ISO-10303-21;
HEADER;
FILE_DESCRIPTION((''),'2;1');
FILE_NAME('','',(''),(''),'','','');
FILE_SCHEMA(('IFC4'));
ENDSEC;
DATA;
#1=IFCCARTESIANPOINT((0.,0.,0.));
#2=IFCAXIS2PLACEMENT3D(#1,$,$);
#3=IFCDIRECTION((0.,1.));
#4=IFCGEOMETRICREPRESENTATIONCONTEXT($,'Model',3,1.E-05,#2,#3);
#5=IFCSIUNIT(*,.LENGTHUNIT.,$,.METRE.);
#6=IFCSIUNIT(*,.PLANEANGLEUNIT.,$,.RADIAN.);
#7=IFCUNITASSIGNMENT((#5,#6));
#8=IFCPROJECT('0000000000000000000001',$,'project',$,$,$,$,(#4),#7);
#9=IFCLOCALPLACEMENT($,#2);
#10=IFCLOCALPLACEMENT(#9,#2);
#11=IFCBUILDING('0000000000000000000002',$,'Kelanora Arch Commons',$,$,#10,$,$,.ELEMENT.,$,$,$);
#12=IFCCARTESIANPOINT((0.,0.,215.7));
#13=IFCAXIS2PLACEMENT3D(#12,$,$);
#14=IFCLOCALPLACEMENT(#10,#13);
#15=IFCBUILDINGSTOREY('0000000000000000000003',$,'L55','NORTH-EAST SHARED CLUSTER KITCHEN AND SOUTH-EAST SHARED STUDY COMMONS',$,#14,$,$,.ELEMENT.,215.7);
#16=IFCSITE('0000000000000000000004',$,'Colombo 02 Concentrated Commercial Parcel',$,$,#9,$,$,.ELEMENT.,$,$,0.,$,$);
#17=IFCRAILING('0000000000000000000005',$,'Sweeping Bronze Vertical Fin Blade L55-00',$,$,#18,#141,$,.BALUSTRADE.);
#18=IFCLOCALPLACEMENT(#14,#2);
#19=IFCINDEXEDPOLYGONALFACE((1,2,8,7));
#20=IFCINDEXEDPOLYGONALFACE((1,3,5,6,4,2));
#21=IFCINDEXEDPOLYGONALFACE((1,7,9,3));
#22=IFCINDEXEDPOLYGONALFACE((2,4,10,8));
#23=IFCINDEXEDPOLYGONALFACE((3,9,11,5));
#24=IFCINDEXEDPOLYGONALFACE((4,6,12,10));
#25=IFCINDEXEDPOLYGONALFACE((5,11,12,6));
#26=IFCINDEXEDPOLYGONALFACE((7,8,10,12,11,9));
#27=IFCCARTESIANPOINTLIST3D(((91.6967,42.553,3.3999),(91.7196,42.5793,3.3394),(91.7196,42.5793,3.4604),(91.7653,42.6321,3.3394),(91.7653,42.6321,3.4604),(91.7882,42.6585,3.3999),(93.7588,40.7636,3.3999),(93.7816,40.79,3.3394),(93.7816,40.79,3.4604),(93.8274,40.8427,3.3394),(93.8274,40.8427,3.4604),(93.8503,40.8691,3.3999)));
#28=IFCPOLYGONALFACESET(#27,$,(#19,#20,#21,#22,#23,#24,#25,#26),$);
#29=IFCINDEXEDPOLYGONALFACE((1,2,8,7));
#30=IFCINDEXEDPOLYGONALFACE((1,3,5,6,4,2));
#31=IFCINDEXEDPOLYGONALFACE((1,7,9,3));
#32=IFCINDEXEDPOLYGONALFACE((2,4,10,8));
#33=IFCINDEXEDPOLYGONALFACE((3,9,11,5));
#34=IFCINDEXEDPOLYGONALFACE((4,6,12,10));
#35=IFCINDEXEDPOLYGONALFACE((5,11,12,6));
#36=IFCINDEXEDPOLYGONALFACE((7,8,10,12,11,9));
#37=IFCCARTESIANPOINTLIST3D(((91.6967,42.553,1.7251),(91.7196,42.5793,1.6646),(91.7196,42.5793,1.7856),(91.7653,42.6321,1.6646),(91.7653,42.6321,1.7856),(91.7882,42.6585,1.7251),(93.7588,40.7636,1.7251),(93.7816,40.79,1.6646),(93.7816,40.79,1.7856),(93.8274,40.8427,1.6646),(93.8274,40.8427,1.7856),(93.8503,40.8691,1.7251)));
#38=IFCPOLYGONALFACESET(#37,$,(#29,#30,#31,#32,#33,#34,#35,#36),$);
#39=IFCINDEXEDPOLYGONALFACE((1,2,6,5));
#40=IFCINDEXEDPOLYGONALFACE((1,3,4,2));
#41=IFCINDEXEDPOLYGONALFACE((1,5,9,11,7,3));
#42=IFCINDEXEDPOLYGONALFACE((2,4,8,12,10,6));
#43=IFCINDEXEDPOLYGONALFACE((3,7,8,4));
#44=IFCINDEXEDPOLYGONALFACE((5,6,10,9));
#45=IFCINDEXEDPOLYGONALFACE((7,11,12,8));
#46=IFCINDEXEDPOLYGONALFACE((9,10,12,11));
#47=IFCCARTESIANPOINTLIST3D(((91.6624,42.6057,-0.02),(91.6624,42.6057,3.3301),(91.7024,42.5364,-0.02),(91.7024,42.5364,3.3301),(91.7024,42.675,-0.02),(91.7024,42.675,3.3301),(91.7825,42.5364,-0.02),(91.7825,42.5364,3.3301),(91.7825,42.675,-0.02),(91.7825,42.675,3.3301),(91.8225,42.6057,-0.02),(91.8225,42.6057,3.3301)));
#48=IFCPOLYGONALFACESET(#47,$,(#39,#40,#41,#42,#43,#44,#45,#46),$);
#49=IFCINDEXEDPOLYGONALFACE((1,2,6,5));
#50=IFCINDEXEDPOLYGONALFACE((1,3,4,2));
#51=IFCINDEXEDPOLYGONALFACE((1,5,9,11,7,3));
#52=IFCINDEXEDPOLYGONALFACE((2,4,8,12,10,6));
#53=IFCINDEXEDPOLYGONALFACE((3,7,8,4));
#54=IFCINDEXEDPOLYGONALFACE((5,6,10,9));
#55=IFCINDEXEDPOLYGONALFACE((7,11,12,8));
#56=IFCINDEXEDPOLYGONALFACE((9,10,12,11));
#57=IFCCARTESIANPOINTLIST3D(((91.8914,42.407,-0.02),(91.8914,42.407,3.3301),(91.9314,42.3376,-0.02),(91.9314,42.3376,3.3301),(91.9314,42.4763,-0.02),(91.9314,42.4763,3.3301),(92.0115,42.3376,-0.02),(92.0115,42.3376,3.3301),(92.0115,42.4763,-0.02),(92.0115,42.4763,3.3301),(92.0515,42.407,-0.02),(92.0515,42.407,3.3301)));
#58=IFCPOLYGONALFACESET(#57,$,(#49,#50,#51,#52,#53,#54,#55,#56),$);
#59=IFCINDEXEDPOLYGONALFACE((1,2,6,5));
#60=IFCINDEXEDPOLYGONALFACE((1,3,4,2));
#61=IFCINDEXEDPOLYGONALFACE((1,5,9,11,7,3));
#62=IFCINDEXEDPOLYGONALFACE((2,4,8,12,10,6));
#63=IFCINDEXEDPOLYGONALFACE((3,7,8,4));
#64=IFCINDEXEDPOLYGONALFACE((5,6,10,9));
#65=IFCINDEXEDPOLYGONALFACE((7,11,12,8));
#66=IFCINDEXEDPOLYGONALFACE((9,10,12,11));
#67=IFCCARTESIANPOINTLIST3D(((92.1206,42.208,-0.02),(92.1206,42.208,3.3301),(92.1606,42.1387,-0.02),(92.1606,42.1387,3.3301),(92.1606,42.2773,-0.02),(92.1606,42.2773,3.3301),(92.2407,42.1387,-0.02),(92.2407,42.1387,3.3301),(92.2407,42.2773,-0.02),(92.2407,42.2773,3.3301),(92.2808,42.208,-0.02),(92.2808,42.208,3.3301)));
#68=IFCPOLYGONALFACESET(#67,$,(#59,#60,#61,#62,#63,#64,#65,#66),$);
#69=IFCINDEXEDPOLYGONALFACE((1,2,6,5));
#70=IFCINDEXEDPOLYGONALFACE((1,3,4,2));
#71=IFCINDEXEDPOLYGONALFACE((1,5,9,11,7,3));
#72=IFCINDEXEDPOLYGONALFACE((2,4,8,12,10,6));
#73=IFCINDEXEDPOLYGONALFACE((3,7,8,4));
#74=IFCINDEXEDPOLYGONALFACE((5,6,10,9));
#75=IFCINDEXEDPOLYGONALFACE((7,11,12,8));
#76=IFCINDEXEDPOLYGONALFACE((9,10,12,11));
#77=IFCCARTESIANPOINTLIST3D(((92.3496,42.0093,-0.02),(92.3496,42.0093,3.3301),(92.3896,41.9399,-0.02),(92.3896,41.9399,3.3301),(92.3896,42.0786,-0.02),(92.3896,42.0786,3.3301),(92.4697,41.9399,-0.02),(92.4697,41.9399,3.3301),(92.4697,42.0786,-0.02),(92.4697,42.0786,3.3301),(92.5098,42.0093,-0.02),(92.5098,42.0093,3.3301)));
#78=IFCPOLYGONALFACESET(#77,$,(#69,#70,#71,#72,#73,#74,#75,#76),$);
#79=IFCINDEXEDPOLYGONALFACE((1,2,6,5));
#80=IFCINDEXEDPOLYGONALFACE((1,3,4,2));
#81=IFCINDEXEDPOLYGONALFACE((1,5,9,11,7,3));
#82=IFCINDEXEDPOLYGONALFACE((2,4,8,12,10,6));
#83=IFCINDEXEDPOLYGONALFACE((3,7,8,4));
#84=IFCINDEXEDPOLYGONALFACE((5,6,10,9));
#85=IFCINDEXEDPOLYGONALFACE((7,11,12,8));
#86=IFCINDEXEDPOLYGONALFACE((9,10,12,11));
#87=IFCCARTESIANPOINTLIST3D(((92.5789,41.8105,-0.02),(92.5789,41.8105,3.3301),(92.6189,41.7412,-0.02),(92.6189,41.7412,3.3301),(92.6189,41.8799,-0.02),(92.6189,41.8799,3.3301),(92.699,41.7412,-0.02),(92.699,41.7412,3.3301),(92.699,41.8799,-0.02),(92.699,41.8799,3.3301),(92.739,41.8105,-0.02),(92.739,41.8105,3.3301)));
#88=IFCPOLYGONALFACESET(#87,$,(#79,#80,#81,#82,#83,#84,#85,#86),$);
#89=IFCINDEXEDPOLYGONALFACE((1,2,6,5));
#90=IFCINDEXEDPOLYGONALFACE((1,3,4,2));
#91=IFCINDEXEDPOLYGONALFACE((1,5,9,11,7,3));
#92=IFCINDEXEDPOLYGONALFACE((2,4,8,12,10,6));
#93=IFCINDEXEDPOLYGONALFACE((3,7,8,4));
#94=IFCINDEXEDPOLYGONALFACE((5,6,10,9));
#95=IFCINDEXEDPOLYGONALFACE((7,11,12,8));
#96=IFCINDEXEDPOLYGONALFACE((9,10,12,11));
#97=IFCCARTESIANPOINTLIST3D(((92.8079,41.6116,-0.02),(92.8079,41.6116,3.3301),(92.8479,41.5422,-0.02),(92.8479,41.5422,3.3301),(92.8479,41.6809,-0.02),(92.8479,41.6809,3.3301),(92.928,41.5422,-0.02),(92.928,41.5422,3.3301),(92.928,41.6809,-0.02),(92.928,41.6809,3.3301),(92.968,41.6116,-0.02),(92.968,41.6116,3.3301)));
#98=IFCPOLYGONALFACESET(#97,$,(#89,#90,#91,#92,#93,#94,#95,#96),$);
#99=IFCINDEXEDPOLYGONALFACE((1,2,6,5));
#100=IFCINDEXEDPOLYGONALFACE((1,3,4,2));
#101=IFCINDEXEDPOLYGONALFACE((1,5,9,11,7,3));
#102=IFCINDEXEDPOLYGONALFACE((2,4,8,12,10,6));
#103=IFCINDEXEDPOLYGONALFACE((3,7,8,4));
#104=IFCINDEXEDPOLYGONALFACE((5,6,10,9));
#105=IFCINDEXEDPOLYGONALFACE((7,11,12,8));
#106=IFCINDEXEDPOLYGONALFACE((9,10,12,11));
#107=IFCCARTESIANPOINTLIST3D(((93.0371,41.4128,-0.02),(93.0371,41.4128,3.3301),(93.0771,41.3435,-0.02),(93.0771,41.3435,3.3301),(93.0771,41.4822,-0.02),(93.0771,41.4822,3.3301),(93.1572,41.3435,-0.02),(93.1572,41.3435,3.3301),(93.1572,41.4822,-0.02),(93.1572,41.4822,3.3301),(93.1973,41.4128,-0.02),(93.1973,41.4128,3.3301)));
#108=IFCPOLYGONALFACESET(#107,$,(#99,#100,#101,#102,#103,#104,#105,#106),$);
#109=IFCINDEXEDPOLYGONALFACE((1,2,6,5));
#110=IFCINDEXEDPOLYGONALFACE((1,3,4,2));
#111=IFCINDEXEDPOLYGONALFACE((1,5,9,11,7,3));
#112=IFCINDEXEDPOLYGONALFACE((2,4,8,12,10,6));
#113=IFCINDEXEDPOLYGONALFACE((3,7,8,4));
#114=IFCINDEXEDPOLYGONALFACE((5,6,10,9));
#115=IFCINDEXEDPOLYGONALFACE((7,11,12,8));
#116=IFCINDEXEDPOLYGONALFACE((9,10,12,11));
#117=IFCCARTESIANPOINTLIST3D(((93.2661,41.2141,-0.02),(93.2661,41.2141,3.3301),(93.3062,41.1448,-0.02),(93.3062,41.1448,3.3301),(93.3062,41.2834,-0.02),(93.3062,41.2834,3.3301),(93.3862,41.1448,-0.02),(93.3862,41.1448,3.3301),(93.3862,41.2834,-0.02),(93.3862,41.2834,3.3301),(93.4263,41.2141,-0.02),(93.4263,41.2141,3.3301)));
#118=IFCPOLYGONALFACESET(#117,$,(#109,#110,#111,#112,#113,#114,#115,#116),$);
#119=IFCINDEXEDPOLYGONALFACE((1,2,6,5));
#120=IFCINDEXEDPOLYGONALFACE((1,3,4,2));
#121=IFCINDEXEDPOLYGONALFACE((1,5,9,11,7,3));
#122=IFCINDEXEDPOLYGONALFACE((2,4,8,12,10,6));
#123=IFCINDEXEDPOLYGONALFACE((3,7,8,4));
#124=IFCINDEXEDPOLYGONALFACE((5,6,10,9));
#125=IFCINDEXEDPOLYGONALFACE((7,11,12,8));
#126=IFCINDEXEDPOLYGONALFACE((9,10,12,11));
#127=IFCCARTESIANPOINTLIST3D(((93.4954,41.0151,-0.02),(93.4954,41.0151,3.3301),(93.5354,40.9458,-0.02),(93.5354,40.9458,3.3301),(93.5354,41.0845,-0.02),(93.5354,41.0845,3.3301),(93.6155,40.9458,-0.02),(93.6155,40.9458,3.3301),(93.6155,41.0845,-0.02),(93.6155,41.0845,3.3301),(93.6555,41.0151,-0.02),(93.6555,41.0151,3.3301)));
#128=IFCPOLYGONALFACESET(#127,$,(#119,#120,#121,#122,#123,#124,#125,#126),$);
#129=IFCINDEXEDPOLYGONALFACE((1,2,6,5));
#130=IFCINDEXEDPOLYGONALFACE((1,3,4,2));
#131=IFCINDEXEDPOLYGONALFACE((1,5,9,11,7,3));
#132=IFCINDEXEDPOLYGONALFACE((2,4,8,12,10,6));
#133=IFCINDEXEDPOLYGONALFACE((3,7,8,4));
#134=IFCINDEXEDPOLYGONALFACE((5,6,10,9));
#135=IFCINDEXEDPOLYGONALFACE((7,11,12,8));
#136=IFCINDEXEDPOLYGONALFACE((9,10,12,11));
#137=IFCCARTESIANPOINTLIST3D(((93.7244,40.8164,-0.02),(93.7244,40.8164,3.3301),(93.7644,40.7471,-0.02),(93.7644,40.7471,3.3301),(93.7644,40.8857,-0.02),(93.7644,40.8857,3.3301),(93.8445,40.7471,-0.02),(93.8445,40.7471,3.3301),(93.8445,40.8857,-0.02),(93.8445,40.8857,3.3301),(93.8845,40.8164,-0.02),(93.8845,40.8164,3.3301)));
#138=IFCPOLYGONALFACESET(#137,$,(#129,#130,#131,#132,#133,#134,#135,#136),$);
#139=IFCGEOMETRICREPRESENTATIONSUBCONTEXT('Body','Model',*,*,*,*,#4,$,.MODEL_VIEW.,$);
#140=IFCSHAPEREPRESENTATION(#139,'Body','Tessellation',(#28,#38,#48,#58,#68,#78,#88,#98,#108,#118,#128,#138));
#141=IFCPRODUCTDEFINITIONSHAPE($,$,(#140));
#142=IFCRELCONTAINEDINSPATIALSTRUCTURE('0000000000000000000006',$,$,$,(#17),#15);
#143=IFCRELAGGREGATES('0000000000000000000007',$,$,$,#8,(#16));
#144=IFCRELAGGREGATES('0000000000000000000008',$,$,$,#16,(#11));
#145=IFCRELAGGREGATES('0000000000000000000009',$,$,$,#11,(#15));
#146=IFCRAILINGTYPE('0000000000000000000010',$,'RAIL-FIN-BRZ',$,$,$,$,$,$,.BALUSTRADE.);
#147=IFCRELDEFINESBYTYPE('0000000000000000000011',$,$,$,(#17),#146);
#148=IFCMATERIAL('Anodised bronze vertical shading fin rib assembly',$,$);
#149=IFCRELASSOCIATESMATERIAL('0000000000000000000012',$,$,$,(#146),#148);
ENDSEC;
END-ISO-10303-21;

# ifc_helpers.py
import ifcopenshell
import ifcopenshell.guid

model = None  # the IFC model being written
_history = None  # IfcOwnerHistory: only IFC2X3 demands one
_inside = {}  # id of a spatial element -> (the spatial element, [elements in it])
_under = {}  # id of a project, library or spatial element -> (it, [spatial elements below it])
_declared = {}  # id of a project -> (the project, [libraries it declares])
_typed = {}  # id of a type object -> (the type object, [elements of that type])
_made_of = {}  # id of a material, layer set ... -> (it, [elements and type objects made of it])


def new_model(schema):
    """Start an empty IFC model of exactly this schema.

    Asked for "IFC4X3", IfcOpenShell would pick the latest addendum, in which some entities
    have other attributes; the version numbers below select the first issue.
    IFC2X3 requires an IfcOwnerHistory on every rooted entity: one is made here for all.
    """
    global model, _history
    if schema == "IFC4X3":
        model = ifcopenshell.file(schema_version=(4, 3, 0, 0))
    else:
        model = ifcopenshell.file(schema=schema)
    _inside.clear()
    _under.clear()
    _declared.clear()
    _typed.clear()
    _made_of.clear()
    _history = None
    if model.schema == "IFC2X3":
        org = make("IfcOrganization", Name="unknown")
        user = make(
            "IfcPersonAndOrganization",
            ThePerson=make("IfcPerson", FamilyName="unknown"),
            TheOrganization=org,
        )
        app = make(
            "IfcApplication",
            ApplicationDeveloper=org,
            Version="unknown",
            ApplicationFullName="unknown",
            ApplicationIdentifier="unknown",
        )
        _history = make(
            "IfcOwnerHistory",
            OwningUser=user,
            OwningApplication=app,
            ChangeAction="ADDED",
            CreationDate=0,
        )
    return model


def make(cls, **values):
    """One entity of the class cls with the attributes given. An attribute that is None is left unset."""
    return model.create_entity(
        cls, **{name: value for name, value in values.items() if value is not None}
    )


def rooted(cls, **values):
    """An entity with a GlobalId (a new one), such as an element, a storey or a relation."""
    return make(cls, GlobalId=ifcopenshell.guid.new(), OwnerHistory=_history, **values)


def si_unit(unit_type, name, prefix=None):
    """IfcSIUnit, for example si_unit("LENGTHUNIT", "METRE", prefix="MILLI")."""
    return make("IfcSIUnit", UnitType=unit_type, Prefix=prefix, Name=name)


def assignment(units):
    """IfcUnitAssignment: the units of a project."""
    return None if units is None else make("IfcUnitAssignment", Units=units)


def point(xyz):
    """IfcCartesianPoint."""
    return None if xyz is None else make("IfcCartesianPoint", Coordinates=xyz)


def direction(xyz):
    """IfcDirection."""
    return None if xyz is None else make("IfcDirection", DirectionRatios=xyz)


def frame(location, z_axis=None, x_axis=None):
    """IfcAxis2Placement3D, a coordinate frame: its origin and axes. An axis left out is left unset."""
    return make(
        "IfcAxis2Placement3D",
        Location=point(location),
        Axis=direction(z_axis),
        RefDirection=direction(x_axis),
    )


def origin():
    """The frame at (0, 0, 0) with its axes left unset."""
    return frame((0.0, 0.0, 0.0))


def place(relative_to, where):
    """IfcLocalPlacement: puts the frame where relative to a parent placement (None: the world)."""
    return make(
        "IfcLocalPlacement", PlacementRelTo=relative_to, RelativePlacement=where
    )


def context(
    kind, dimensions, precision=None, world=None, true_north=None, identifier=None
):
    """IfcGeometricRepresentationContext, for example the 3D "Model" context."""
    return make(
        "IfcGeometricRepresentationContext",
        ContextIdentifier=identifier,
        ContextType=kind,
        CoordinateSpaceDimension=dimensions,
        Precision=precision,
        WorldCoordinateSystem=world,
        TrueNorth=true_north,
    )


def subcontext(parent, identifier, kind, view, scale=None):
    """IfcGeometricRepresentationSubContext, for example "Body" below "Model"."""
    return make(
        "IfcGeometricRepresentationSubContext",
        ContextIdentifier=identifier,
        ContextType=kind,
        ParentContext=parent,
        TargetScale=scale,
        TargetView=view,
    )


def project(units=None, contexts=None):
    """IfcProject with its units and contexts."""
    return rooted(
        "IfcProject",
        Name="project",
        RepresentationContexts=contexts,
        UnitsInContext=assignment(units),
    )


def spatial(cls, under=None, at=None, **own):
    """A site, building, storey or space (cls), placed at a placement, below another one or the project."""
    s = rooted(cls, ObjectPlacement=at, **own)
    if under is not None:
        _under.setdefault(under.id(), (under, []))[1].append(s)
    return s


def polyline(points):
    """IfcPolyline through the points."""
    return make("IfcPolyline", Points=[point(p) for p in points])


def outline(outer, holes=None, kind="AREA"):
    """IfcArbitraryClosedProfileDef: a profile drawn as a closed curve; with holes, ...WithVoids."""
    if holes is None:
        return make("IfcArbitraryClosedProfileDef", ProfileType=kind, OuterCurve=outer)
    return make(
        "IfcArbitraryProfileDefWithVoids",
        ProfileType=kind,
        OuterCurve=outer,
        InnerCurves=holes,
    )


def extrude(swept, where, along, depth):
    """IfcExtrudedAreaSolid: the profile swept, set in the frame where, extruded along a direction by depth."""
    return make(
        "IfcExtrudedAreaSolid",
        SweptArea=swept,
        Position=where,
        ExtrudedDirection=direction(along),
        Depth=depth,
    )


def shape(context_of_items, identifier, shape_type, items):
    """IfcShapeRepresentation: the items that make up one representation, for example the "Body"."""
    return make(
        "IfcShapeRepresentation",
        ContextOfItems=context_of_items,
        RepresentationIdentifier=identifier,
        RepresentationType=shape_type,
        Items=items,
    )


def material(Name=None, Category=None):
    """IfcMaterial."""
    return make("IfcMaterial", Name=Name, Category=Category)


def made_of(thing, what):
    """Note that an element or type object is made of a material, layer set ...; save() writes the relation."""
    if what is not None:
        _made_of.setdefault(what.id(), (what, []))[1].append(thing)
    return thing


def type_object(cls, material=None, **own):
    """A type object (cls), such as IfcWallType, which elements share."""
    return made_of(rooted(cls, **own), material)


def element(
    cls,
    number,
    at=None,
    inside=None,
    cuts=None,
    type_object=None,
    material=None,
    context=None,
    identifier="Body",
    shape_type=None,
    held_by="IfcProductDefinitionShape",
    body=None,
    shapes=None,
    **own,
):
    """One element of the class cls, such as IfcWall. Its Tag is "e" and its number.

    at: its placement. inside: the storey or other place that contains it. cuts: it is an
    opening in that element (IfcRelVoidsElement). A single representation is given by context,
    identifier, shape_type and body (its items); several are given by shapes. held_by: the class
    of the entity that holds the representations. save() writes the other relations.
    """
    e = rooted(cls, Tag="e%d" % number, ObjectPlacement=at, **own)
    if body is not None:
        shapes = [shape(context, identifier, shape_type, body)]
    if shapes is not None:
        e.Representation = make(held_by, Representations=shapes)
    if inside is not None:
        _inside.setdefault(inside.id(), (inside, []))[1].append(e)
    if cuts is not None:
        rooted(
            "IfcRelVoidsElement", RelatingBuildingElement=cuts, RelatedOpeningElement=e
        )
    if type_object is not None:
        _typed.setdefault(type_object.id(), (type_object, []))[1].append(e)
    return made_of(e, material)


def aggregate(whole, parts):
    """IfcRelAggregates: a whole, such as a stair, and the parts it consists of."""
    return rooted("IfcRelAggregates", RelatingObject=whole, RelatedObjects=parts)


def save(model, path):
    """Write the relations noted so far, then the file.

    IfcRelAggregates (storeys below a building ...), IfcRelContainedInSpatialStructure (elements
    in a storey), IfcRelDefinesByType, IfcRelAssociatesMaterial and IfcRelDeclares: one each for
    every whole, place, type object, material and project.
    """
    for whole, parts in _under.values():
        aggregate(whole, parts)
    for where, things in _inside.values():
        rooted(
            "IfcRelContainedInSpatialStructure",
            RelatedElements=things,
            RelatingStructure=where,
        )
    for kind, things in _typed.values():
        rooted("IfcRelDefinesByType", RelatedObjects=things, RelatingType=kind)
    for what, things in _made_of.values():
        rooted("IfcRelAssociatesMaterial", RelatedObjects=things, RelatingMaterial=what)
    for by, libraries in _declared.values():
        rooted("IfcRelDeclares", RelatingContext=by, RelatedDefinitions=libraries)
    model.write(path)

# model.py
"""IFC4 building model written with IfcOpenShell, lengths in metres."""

from ifc_helpers import new_model, si_unit, direction, frame, origin, place, context, subcontext, project, spatial, polyline, outline, extrude, material, type_object, element, save


model = new_model("IFC4")

# Units and contexts
model_context = context("Model", 3, precision=1e-05, world=origin(), true_north=direction((0.0, 1.0)))
body_context = subcontext(model_context, "Body", "Model", "MODEL_VIEW")
ifc_project = project(units=[si_unit("LENGTHUNIT", "METRE"), si_unit("PLANEANGLEUNIT", "RADIAN")], contexts=[model_context])

# Site, building, storey
site_placement = place(None, origin())
site = spatial("IfcSite", under=ifc_project, at=site_placement, Name="Colombo 02 Concentrated Commercial Parcel", CompositionType="ELEMENT", RefElevation=0.0)
building_placement = place(site_placement, origin())
building = spatial("IfcBuilding", under=site, at=building_placement, Name="Kelanora Arch Commons", CompositionType="ELEMENT")
storey_placement = place(building_placement, frame((0.0, 0.0, 215.7)))
storey = spatial("IfcBuildingStorey", under=building, at=storey_placement, Name="L55", Description="NORTH-EAST SHARED CLUSTER KITCHEN AND SOUTH-EAST SHARED STUDY COMMONS", CompositionType="ELEMENT", Elevation=215.7)

# Railing
ifc_material_1 = material(Name="Anodised bronze vertical shading fin rib assembly")
railing_type = type_object("IfcRailingType", Name="RAIL-FIN-BRZ", PredefinedType="BALUSTRADE", material=ifc_material_1)
railing_1_placement = place(storey_placement, frame((91.7424, 42.6057, -0.02)))
element("IfcRailing", 1, at=railing_1_placement, inside=storey, type_object=railing_type, Name="Sweeping Bronze Vertical Fin Blade L55-00", PredefinedType="BALUSTRADE", context=body_context, shape_type="SweptSolid", body=[
    extrude(outline(polyline([(0.0698, 0.0), (0.0349, 0.0605), (-0.0349, 0.0605), (-0.0698, 0.0), (-0.0349, -0.0605), (0.0349, -0.0605), (0.0698, 0.0)])), frame((0.0, 0.0, 3.4199), z_axis=(0.755285, -0.655397, 0.0), x_axis=(0.655397, 0.755285, 0.0)), (0.0, 0.0, 1.0), 2.7302),
    extrude(outline(polyline([(0.0698, 0.0), (0.0349, 0.0605), (-0.0349, 0.0605), (-0.0698, 0.0), (-0.0349, -0.0605), (0.0349, -0.0605), (0.0698, 0.0)])), frame((0.0, 0.0, 1.7451), z_axis=(0.755285, -0.655397, 0.0), x_axis=(0.655397, 0.755285, 0.0)), (0.0, 0.0, 1.0), 2.7302),
    extrude(outline(polyline([(0.0801, 0.0), (0.04, 0.0693), (-0.04, 0.0693), (-0.0801, 0.0), (-0.04, -0.0693), (0.04, -0.0693), (0.0801, 0.0)])), origin(), (0.0, 0.0, 1.0), 3.3501),
    extrude(outline(polyline([(0.0801, 0.0), (0.04, 0.0693), (-0.04, 0.0693), (-0.0801, 0.0), (-0.04, -0.0693), (0.04, -0.0693), (0.0801, 0.0)])), frame((0.229, -0.1987, 0.0)), (0.0, 0.0, 1.0), 3.3501),
    extrude(outline(polyline([(0.0801, 0.0), (0.04, 0.0693), (-0.04, 0.0693), (-0.0801, 0.0), (-0.04, -0.0693), (0.04, -0.0693), (0.0801, 0.0)])), frame((0.4583, -0.3977, 0.0)), (0.0, 0.0, 1.0), 3.3501),
    extrude(outline(polyline([(0.0801, 0.0), (0.04, 0.0693), (-0.04, 0.0693), (-0.0801, 0.0), (-0.04, -0.0693), (0.04, -0.0693), (0.0801, 0.0)])), frame((0.6873, -0.5964, 0.0)), (0.0, 0.0, 1.0), 3.3501),
    extrude(outline(polyline([(0.0801, 0.0), (0.04, 0.0693), (-0.04, 0.0693), (-0.0801, 0.0), (-0.04, -0.0693), (0.04, -0.0693), (0.0801, 0.0)])), frame((0.9165, -0.7952, 0.0)), (0.0, 0.0, 1.0), 3.3501),
    extrude(outline(polyline([(0.0801, 0.0), (0.04, 0.0693), (-0.04, 0.0693), (-0.0801, 0.0), (-0.04, -0.0693), (0.04, -0.0693), (0.0801, 0.0)])), frame((1.1455, -0.9941, 0.0)), (0.0, 0.0, 1.0), 3.3501),
    extrude(outline(polyline([(0.0801, 0.0), (0.04, 0.0693), (-0.04, 0.0693), (-0.0801, 0.0), (-0.04, -0.0693), (0.04, -0.0693), (0.0801, 0.0)])), frame((1.3748, -1.1929, 0.0)), (0.0, 0.0, 1.0), 3.3501),
    extrude(outline(polyline([(0.0801, 0.0), (0.04, 0.0693), (-0.04, 0.0693), (-0.0801, 0.0), (-0.04, -0.0693), (0.04, -0.0693), (0.0801, 0.0)])), frame((1.6038, -1.3916, 0.0)), (0.0, 0.0, 1.0), 3.3501),
    extrude(outline(polyline([(0.0801, 0.0), (0.04, 0.0693), (-0.04, 0.0693), (-0.0801, 0.0), (-0.04, -0.0693), (0.04, -0.0693), (0.0801, 0.0)])), frame((1.833, -1.5906, 0.0)), (0.0, 0.0, 1.0), 3.3501),
    extrude(outline(polyline([(0.0801, 0.0), (0.04, 0.0693), (-0.04, 0.0693), (-0.0801, 0.0), (-0.04, -0.0693), (0.04, -0.0693), (0.0801, 0.0)])), frame((2.062, -1.7893, 0.0)), (0.0, 0.0, 1.0), 3.3501),
])

save(model, "model.ifc")
